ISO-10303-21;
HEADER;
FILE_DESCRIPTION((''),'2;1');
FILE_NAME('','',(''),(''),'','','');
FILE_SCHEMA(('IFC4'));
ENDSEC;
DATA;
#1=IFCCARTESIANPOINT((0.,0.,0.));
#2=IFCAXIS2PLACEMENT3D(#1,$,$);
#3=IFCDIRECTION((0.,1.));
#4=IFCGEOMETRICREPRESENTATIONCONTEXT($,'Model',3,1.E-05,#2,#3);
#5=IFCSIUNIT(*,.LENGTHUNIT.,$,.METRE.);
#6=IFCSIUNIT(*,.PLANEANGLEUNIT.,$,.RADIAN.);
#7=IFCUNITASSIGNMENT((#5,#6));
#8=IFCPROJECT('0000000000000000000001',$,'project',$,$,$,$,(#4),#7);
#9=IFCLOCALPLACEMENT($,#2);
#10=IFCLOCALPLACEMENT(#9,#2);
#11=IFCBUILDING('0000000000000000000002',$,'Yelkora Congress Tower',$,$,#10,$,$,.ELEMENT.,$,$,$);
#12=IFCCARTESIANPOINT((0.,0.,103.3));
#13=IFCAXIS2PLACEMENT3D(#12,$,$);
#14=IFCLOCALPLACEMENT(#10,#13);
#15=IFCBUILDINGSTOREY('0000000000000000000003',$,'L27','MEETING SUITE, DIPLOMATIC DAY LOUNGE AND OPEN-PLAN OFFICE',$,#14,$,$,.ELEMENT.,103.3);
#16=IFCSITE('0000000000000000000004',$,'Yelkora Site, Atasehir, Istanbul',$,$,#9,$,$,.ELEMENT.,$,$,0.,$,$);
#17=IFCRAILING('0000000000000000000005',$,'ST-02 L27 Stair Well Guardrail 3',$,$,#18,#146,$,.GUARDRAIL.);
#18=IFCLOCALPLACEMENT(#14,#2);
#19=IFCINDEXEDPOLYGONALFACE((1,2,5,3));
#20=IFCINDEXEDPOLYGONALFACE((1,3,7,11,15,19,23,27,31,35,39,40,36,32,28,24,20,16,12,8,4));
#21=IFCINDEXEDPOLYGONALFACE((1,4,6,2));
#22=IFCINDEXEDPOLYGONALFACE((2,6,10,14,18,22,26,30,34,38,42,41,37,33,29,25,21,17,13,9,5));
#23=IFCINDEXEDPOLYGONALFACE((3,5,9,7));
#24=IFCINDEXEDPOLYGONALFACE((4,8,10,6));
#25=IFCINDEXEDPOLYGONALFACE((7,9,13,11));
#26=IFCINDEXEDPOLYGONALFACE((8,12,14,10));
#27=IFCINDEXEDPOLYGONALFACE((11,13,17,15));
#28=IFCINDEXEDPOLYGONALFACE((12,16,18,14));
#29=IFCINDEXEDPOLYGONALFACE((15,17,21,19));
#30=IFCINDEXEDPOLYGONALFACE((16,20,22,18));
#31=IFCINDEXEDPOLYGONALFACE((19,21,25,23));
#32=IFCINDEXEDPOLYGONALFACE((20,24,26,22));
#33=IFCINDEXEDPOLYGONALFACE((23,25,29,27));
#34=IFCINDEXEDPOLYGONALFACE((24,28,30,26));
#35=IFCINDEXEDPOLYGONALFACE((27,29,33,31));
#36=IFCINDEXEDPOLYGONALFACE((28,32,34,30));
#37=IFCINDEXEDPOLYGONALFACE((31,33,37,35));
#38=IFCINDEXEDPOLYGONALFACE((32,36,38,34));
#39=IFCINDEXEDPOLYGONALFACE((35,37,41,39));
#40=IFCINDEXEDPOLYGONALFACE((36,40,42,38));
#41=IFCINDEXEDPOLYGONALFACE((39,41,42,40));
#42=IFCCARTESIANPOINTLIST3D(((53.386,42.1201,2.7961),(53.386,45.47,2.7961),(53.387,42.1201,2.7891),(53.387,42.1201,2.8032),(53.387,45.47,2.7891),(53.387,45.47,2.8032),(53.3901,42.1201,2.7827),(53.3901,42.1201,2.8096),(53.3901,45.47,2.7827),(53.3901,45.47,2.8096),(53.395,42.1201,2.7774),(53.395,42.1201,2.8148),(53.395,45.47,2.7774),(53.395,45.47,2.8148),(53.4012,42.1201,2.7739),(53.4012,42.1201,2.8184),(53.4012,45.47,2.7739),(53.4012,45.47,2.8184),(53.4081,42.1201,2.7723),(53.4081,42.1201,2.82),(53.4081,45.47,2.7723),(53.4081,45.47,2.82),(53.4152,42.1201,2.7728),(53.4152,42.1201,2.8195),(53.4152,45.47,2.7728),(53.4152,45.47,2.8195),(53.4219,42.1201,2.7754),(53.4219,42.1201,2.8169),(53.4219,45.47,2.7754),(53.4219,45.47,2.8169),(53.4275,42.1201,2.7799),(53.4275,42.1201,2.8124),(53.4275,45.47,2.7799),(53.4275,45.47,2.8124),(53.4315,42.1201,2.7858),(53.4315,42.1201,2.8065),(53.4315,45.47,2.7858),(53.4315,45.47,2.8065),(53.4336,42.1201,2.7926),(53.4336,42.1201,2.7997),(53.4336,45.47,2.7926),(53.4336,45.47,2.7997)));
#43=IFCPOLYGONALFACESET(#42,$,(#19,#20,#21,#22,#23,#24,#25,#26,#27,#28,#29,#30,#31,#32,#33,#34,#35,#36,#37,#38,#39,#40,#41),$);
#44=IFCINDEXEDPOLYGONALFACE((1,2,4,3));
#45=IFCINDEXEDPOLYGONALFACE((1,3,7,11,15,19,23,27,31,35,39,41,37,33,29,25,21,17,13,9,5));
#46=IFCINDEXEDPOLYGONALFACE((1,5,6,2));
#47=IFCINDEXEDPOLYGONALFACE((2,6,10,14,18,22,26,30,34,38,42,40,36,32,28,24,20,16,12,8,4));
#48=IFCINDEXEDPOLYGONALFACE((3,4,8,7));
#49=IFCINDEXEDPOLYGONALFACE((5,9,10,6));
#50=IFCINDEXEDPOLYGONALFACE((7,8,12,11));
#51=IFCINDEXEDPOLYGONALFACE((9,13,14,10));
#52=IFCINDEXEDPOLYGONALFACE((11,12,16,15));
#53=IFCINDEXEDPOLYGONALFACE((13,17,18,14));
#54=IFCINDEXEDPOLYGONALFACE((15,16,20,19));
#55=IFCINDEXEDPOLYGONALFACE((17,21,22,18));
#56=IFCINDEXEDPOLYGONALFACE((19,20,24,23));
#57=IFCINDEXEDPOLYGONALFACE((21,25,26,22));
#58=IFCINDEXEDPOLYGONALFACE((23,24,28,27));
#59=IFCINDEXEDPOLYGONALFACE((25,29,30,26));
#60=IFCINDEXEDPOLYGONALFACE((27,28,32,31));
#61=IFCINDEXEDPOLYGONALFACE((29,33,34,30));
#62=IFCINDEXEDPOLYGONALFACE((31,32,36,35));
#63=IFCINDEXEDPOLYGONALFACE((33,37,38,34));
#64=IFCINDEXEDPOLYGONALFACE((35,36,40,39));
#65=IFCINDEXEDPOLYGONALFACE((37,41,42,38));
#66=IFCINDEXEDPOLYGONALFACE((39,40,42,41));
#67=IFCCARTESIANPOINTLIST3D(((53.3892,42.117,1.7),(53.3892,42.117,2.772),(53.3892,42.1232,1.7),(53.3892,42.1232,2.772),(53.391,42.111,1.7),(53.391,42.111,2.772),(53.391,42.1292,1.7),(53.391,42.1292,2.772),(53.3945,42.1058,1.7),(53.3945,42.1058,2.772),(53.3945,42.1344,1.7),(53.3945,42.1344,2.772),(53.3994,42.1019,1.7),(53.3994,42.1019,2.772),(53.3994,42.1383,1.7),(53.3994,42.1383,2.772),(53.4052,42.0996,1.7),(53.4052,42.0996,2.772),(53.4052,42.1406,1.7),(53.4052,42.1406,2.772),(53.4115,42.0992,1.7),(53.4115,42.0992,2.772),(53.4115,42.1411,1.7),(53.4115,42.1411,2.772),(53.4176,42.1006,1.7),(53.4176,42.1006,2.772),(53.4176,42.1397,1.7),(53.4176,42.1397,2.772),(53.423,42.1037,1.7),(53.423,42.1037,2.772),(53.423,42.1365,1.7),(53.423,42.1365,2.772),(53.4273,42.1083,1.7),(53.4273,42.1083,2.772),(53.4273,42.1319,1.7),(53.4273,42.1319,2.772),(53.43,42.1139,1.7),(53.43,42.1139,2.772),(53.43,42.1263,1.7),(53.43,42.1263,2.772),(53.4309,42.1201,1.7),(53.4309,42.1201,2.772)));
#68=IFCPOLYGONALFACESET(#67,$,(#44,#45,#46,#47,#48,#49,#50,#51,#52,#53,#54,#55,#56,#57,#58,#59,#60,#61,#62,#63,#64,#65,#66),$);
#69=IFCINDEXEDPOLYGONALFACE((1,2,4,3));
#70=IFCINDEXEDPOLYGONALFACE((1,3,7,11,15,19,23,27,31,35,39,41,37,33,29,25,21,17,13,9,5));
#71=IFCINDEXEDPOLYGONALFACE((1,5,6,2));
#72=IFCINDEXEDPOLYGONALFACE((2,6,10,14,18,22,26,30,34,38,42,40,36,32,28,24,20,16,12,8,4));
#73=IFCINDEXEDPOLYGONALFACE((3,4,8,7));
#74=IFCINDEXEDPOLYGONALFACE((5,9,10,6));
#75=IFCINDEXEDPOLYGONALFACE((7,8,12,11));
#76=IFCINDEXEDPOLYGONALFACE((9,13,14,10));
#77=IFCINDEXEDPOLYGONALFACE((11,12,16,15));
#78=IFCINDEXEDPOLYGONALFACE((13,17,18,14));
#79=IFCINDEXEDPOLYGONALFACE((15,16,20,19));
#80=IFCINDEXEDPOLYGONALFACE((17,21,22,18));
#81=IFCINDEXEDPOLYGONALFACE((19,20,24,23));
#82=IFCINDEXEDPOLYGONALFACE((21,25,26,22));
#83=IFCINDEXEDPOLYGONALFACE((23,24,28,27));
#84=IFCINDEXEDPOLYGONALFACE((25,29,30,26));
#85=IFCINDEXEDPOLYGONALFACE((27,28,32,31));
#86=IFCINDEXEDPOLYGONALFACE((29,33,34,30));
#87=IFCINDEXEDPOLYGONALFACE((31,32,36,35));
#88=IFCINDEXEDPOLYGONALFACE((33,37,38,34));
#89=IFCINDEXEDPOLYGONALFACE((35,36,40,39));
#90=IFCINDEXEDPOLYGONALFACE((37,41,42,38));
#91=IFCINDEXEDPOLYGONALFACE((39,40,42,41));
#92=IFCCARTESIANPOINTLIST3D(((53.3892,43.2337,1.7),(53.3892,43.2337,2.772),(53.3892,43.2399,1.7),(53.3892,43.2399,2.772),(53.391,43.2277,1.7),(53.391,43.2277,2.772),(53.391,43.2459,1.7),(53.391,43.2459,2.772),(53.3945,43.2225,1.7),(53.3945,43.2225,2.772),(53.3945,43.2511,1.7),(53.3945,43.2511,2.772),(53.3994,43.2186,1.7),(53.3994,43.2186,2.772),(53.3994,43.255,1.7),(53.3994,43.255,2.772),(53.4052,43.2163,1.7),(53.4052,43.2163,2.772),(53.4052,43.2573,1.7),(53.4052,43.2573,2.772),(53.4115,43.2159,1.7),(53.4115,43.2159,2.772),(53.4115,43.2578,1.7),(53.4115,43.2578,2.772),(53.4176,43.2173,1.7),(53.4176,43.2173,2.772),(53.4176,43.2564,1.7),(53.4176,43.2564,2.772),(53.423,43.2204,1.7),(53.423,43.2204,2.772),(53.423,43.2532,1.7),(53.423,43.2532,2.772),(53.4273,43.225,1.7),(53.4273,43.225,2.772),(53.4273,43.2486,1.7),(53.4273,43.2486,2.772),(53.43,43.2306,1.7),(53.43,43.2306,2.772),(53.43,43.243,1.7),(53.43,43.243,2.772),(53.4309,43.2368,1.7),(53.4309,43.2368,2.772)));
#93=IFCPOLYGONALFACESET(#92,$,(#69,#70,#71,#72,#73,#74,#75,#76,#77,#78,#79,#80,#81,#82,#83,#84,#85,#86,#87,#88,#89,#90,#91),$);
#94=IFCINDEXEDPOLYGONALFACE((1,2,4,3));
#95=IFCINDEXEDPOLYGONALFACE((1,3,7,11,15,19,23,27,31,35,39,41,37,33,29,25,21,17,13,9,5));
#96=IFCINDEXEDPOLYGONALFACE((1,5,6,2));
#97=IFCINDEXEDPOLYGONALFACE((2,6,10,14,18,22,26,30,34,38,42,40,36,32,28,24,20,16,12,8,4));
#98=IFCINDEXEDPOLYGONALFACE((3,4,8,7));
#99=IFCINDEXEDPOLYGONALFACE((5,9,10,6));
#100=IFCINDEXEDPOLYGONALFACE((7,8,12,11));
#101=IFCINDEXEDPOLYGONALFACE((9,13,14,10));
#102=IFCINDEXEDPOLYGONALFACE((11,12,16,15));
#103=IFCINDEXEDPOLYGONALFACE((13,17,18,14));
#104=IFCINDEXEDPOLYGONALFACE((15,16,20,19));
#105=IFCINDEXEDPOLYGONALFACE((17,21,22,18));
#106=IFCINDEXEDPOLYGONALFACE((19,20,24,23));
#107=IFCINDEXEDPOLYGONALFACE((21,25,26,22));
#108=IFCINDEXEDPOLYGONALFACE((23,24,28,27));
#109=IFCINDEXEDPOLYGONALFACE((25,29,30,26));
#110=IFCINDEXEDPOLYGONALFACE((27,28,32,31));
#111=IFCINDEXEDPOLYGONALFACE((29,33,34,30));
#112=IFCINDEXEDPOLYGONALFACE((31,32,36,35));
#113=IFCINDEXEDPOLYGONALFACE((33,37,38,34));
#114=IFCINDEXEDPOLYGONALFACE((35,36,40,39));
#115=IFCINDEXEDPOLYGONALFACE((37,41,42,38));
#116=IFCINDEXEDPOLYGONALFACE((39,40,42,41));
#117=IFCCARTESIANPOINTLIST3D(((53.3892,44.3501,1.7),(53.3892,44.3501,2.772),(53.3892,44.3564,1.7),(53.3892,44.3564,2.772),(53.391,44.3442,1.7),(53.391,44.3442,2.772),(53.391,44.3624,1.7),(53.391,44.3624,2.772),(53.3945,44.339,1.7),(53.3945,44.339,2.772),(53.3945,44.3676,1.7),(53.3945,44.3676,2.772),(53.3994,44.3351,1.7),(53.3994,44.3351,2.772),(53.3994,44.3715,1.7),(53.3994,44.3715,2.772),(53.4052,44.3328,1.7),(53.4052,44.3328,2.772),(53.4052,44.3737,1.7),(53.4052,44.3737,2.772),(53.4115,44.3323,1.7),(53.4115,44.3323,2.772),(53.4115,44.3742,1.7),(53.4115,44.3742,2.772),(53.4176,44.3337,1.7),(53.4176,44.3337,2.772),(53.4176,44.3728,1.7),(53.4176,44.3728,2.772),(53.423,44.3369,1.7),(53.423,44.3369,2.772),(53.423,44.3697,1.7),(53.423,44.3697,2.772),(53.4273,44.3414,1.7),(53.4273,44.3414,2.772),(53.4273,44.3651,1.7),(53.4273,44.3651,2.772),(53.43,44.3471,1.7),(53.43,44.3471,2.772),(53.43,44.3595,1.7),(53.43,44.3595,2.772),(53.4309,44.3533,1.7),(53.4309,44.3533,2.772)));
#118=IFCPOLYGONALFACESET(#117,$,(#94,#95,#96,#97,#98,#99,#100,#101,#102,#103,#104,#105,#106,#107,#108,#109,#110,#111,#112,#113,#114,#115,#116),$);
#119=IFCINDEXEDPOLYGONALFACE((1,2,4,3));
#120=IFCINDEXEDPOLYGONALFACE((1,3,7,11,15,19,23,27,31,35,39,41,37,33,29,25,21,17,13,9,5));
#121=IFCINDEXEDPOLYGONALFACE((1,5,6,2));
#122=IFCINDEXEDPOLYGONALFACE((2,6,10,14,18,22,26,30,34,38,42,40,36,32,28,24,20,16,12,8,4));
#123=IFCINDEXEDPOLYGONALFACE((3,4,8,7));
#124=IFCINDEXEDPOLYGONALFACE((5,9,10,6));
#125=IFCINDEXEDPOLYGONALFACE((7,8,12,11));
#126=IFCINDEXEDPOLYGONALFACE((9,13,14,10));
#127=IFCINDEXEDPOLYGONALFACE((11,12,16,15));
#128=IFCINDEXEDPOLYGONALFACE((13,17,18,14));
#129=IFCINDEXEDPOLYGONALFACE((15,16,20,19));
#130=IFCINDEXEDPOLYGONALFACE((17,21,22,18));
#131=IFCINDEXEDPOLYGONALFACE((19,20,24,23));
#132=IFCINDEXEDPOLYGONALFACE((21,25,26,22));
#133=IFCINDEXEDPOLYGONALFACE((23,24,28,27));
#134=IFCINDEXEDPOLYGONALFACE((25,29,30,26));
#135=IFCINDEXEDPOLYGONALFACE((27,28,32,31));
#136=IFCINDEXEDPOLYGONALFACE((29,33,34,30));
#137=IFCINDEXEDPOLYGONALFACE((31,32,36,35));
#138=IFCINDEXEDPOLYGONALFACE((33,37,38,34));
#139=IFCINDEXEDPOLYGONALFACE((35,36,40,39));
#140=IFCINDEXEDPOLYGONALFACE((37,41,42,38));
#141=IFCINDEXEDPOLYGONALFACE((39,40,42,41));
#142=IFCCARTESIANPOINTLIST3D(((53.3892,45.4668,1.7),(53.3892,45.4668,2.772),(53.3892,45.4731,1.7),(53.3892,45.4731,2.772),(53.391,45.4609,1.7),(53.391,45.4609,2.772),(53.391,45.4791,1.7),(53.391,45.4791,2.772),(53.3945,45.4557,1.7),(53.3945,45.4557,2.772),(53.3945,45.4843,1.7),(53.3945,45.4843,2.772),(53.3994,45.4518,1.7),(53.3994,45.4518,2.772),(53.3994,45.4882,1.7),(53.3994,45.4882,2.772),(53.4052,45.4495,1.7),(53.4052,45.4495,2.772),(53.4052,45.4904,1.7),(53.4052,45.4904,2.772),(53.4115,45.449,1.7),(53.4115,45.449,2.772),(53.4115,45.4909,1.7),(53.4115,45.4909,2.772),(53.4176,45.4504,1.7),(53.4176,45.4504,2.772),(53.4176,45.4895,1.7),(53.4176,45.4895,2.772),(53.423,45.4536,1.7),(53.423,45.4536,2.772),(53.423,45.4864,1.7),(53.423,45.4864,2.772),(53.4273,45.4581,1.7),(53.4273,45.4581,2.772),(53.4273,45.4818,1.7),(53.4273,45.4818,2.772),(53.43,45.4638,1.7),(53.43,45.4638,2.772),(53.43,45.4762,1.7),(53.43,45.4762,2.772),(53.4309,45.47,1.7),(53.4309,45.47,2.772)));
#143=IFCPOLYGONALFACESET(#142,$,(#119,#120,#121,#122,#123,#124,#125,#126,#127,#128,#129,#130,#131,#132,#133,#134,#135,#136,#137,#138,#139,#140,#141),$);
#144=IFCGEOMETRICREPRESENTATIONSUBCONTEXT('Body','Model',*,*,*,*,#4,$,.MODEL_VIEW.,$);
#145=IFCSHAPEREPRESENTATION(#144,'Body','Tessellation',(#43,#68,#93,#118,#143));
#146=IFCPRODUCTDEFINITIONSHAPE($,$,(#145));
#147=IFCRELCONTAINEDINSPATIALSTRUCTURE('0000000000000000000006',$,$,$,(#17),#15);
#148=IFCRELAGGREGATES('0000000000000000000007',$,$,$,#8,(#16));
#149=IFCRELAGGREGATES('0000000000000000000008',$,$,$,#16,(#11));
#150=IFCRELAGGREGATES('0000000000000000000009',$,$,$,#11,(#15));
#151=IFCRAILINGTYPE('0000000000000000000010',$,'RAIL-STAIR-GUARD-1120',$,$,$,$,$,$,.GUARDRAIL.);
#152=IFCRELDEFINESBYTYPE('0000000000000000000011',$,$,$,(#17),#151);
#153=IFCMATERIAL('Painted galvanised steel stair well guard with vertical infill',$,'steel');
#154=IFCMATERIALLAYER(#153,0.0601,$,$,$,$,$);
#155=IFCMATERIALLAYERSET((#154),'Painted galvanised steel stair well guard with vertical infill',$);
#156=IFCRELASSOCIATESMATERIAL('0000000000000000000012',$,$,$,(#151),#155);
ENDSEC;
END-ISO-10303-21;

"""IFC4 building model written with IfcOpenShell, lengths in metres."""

from ifc_helpers import new_model, si_unit, direction, frame, origin, origin_2d, place, context, subcontext, project, spatial, circle, extrude, material, layer, layer_set, type_object, element, save


model = new_model("IFC4")

# Units and contexts
model_context = context("Model", 3, precision=1e-05, world=origin(), true_north=direction((0.0, 1.0)))
body_context = subcontext(model_context, "Body", "Model", "MODEL_VIEW")
ifc_project = project(units=[si_unit("LENGTHUNIT", "METRE"), si_unit("PLANEANGLEUNIT", "RADIAN")], contexts=[model_context])

# Site, building, storey
site_placement = place(None, origin())
site = spatial("IfcSite", under=ifc_project, at=site_placement, Name="Yelkora Site, Atasehir, Istanbul", CompositionType="ELEMENT", RefElevation=0.0)
building_placement = place(site_placement, origin())
building = spatial("IfcBuilding", under=site, at=building_placement, Name="Yelkora Congress Tower", CompositionType="ELEMENT")
storey_placement = place(building_placement, frame((0.0, 0.0, 103.3)))
storey = spatial("IfcBuildingStorey", under=building, at=storey_placement, Name="L27", Description="MEETING SUITE, DIPLOMATIC DAY LOUNGE AND OPEN-PLAN OFFICE", CompositionType="ELEMENT", Elevation=103.3)

# Railing
ifc_material_1 = material(Name="Painted galvanised steel stair well guard with vertical infill", Category="steel")
ifc_layer_1 = layer(ifc_material_1, 0.0601)
ifc_layer_set_1 = layer_set([ifc_layer_1], Name="Painted galvanised steel stair well guard with vertical infill")
railing_type_1 = type_object("IfcRailingType", Name="RAIL-STAIR-GUARD-1120", PredefinedType="GUARDRAIL", material=ifc_layer_set_1)
for number, where, name in (
    (1, (53.4099, 42.1201, 1.7), "ST-02 L27 Stair Well Guardrail 3"),
):
    element("IfcRailing", number, at=place(storey_placement, frame(where)), inside=storey, type_object=railing_type_1, Name=name, PredefinedType="GUARDRAIL", context=body_context, shape_type="SweptSolid", body=[
        extrude(circle(Radius=0.0239, at=origin_2d()), frame((0.0, 0.0, 1.0962), z_axis=(0.0, 1.0, 0.0), x_axis=(-1.0, 0.0, 0.0)), (0.0, 0.0, 1.0), 3.3499),
        extrude(circle(Radius=0.021, at=origin_2d()), origin(), (0.0, 0.0, 1.0), 1.072),
        extrude(circle(Radius=0.021, at=origin_2d()), frame((0.0, 1.1167, 0.0)), (0.0, 0.0, 1.0), 1.072),
        extrude(circle(Radius=0.021, at=origin_2d()), frame((0.0, 2.2332, 0.0)), (0.0, 0.0, 1.0), 1.072),
        extrude(circle(Radius=0.021, at=origin_2d()), frame((0.0, 3.3499, 0.0)), (0.0, 0.0, 1.0), 1.072),
    ])

save(model, "model.ifc")
